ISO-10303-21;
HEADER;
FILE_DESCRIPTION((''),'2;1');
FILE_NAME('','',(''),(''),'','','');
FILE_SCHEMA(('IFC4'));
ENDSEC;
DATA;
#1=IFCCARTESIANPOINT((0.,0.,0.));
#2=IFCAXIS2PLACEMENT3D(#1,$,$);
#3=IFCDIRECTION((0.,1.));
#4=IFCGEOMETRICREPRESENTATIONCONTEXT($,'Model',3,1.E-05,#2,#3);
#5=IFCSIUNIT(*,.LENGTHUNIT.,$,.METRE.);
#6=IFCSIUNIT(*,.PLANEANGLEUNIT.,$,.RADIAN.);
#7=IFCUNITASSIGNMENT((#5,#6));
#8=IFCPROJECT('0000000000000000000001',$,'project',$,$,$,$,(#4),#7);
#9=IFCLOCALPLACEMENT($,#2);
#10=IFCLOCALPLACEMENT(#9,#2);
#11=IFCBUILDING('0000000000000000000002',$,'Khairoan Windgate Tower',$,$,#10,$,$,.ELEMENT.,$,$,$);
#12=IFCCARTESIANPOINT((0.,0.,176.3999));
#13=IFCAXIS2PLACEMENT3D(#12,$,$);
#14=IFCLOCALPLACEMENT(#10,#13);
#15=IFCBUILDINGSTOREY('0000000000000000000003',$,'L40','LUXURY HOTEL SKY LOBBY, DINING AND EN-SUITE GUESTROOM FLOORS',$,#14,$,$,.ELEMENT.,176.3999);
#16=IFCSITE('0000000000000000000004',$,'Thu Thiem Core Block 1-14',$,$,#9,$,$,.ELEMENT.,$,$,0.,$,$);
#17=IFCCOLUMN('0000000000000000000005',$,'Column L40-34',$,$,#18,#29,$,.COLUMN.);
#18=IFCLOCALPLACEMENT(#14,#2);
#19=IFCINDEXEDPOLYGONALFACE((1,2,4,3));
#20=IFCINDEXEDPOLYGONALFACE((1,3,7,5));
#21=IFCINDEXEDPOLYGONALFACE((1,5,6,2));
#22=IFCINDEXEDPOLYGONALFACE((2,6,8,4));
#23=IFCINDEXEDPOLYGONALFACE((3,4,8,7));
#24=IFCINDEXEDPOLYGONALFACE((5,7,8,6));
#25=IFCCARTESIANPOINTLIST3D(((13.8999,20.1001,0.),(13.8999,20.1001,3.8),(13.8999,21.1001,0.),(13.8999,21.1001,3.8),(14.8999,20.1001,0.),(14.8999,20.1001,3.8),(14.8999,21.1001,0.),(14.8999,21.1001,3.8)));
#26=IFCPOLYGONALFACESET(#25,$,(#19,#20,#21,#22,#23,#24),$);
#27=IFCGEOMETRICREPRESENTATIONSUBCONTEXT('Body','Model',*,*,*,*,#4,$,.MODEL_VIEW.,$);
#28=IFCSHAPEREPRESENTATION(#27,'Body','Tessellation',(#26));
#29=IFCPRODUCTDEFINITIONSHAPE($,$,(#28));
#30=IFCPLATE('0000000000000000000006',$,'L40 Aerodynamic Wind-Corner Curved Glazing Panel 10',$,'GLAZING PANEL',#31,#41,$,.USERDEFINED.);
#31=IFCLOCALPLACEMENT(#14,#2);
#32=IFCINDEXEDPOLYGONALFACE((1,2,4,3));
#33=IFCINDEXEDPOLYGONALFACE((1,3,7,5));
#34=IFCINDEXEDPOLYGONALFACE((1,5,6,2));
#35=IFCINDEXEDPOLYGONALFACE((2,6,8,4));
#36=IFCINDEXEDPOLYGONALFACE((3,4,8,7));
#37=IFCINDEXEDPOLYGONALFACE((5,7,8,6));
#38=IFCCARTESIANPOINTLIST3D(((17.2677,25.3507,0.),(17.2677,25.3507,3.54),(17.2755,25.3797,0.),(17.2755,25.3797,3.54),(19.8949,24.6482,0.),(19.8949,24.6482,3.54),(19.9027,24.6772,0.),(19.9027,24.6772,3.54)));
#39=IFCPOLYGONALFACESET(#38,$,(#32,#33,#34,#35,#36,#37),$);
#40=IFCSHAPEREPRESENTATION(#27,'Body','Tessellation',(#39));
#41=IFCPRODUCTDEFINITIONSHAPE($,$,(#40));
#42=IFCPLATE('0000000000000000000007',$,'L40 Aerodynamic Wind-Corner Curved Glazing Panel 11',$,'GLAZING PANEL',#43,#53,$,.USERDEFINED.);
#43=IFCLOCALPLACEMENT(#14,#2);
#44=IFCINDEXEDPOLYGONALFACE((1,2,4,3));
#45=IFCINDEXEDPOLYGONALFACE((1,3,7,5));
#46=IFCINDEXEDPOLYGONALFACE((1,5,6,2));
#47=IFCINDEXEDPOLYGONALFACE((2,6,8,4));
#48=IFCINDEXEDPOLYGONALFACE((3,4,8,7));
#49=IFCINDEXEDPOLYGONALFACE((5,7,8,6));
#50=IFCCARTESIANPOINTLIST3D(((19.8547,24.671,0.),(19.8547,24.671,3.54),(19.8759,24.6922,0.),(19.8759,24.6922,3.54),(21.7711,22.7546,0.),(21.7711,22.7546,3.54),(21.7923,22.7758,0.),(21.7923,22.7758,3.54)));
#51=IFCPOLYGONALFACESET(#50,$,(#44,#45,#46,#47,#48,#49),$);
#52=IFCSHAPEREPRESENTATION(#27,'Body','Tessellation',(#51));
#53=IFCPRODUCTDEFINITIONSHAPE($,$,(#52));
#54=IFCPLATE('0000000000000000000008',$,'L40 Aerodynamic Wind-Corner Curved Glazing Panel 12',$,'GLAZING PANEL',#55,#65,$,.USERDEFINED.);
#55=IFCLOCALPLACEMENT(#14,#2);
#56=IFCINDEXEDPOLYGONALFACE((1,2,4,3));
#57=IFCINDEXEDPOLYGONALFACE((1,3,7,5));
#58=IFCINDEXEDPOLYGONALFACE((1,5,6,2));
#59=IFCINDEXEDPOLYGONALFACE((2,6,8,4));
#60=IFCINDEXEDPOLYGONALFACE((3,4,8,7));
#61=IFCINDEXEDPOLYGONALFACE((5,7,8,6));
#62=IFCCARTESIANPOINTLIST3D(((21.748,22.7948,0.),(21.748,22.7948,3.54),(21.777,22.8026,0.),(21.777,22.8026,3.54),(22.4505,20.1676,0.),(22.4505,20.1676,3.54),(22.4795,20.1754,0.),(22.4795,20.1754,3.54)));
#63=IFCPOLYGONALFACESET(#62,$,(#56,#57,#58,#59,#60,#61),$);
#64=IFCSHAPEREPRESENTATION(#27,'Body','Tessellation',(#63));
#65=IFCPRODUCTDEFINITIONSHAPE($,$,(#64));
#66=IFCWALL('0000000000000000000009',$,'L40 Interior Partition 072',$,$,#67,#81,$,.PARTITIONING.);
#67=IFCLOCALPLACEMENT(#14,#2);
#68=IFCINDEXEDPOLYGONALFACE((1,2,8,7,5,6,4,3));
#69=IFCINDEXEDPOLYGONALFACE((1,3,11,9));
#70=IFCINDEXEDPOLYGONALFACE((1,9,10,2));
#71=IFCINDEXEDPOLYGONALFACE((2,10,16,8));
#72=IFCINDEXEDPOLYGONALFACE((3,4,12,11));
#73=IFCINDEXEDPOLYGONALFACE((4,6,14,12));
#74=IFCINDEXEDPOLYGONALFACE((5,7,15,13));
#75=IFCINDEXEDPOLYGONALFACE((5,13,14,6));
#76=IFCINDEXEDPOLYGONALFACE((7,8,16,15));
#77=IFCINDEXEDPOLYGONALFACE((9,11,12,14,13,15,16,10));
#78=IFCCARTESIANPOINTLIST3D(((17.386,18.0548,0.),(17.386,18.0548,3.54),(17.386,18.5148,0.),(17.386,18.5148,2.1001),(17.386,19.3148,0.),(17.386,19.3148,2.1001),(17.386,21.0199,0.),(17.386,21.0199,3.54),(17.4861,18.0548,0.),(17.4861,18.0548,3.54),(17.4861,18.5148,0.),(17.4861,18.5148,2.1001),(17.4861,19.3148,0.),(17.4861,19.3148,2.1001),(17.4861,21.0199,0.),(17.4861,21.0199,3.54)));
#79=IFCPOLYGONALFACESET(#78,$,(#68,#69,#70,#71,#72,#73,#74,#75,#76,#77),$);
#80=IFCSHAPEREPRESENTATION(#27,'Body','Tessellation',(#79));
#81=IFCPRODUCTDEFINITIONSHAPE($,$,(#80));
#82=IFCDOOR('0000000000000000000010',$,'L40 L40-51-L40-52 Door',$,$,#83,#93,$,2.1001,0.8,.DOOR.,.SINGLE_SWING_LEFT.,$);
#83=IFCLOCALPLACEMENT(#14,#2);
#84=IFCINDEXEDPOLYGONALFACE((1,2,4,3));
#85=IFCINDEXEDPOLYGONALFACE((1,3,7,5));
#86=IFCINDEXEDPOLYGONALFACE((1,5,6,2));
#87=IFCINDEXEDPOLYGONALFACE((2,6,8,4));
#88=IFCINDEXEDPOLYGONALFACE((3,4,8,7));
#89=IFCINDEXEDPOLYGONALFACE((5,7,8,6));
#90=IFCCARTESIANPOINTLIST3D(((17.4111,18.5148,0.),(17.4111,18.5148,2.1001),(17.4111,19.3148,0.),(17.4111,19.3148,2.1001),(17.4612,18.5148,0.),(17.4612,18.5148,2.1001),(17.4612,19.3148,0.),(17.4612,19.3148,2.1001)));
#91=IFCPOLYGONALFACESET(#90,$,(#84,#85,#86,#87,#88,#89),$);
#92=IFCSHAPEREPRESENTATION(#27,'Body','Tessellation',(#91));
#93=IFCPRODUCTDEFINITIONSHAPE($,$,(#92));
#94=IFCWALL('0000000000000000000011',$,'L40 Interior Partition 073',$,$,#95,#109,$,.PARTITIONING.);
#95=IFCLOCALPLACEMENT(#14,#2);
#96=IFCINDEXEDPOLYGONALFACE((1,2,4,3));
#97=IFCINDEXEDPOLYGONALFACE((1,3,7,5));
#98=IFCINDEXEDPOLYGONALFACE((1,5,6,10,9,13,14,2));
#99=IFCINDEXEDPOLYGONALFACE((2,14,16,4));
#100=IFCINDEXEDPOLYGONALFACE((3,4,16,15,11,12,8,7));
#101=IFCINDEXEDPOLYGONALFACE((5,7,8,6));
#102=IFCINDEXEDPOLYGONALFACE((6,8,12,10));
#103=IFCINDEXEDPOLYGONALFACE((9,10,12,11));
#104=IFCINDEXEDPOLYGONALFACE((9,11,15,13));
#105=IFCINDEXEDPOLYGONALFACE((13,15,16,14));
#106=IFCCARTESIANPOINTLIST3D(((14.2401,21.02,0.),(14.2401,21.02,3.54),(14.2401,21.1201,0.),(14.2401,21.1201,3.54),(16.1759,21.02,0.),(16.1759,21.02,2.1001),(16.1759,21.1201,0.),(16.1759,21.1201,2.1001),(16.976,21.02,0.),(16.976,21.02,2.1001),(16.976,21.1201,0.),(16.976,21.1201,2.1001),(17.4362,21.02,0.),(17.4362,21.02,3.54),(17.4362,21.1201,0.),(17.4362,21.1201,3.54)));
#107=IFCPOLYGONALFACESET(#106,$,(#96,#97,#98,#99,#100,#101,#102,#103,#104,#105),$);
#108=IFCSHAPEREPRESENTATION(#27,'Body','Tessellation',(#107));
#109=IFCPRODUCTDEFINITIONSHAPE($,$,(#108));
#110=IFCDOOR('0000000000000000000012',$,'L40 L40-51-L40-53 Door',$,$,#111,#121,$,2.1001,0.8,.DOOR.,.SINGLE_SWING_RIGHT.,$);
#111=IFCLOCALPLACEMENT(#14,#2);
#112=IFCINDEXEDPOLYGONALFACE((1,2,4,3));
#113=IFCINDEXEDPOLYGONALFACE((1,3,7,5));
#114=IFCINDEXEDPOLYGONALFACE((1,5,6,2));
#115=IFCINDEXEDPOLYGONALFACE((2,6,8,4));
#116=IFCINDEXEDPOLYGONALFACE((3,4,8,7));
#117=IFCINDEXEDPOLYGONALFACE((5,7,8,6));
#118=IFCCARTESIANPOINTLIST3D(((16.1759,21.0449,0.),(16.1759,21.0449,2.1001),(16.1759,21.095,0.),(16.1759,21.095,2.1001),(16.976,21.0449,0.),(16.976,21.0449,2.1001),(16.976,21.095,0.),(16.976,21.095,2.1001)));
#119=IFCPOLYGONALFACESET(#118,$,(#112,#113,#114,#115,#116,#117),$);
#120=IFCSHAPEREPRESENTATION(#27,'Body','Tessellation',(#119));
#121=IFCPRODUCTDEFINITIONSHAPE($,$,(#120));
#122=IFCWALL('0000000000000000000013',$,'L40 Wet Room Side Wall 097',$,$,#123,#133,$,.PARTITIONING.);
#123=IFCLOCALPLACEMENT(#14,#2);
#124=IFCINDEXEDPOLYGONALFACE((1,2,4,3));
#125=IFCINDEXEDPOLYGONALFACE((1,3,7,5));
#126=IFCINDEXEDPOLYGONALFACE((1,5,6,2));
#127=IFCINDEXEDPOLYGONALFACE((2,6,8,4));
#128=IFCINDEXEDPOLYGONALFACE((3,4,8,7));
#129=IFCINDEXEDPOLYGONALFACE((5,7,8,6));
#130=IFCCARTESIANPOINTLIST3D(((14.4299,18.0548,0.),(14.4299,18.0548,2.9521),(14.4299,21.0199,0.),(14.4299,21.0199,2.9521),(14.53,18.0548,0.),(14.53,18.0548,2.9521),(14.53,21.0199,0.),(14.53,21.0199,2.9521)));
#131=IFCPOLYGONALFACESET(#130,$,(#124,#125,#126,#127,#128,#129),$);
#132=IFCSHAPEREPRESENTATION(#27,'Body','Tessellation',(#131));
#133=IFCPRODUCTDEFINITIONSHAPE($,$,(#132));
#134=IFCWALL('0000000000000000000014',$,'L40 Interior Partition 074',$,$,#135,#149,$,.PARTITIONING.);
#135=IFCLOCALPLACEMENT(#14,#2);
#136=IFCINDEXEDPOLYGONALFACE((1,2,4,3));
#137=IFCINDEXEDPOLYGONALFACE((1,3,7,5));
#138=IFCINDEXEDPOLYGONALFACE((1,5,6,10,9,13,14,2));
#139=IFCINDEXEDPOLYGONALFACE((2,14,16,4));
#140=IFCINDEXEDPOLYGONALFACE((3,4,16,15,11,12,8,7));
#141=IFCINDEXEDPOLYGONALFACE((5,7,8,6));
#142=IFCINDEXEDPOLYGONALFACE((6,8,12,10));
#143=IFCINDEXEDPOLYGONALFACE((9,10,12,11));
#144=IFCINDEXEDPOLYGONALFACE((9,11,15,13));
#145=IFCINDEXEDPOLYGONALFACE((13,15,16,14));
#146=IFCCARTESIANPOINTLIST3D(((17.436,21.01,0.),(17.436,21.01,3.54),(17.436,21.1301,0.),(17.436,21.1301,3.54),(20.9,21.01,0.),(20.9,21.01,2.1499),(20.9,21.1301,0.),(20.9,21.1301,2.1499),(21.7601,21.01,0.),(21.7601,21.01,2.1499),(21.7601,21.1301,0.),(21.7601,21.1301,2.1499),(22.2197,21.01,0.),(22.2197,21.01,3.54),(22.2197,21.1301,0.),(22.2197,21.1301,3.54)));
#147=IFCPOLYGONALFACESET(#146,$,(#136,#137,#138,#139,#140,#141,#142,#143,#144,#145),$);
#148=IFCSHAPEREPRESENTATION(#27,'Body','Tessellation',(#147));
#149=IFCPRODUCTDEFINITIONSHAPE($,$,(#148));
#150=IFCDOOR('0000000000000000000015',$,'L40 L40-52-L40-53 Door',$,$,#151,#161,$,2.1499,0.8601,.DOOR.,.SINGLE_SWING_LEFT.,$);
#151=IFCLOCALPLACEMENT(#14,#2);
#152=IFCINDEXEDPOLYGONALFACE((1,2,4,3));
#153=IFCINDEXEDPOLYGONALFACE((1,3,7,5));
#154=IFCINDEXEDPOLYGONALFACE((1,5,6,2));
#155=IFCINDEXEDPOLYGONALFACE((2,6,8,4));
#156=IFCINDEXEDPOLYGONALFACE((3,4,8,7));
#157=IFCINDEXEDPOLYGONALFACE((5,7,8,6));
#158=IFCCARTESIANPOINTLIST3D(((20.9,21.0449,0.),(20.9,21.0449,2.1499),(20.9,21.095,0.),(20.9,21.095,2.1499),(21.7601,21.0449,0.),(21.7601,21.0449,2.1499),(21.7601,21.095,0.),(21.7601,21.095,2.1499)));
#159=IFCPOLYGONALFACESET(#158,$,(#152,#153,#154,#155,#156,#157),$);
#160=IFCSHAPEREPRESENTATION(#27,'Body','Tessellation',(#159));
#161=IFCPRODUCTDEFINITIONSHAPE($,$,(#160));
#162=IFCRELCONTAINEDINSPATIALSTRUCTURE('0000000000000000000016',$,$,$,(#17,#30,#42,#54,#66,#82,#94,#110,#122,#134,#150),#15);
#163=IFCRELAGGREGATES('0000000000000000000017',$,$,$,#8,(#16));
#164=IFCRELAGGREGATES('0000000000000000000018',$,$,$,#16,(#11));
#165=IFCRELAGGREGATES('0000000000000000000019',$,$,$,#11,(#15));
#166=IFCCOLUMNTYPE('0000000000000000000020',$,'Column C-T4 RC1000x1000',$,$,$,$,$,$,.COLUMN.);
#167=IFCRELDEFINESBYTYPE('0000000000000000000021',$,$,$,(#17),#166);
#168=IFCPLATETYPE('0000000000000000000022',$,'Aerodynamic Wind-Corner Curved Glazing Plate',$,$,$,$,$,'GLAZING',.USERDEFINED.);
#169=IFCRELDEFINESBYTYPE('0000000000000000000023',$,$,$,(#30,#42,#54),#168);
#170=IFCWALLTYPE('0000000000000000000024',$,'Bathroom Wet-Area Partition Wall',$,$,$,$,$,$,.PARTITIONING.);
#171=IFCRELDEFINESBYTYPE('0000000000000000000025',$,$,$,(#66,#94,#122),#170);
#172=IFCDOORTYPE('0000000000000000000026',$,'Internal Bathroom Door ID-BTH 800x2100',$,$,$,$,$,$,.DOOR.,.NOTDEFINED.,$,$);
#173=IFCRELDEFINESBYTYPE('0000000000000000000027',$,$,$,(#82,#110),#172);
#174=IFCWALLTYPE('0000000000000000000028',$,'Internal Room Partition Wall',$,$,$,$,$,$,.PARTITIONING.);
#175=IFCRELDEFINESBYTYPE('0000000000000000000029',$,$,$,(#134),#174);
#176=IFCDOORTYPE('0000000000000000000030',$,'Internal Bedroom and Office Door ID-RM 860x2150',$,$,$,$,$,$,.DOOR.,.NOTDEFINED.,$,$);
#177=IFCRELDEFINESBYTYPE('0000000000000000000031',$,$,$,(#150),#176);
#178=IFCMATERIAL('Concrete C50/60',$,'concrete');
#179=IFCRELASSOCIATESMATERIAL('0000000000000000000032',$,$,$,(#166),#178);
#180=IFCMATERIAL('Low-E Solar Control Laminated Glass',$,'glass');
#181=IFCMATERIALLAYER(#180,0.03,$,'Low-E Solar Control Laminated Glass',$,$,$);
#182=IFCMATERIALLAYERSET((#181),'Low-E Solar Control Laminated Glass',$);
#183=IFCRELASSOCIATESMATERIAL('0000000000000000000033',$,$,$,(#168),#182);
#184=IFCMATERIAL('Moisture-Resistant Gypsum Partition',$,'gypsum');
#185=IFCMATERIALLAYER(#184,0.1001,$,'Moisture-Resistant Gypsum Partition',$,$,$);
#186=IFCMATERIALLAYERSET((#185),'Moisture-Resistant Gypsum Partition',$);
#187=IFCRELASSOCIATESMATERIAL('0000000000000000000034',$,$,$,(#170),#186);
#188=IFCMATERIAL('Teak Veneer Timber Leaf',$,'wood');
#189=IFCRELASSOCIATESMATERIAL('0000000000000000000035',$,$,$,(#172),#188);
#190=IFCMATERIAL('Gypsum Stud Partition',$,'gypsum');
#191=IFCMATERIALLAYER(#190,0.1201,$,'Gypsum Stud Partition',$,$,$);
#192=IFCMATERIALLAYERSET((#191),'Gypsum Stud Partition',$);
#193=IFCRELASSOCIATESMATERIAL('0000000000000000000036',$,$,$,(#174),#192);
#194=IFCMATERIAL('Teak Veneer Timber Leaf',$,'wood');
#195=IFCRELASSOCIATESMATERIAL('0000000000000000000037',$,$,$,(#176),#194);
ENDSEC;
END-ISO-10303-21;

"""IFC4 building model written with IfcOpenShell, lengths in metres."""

from ifc_helpers import new_model, si_unit, direction, frame, frame_2d, origin, origin_2d, place, context, subcontext, project, spatial, rectangle, extrude, material, layer, layer_set, material_profile, profile_set, type_object, element, fill, save


model = new_model("IFC4")

# Units and contexts
model_context = context("Model", 3, precision=1e-05, world=origin(), true_north=direction((0.0, 1.0)))
body_context = subcontext(model_context, "Body", "Model", "MODEL_VIEW")
ifc_project = project(units=[si_unit("LENGTHUNIT", "METRE"), si_unit("PLANEANGLEUNIT", "RADIAN")], contexts=[model_context])

# Site, building, storey
site_placement = place(None, origin())
site = spatial("IfcSite", under=ifc_project, at=site_placement, Name="Thu Thiem Core Block 1-14", CompositionType="ELEMENT", RefElevation=0.0)
building_placement = place(site_placement, origin())
building = spatial("IfcBuilding", under=site, at=building_placement, Name="Khairoan Windgate Tower", CompositionType="ELEMENT")
storey_placement = place(building_placement, frame((0.0, 0.0, 176.3999)))
storey = spatial("IfcBuildingStorey", under=building, at=storey_placement, Name="L40", Description="LUXURY HOTEL SKY LOBBY, DINING AND EN-SUITE GUESTROOM FLOORS", CompositionType="ELEMENT", Elevation=176.3999)

# Column
ifc_material_1 = material(Name="Concrete C50/60", Category="concrete")
ifc_material_profile_1 = material_profile(ifc_material_1, rectangle(XDim=1.0, YDim=1.0, at=origin_2d()))
ifc_profile_set_1 = profile_set([ifc_material_profile_1], Name="Concrete C50/60")
column_type = type_object("IfcColumnType", Name="Column C-T4 RC1000x1000", PredefinedType="COLUMN", material=ifc_profile_set_1)
column_placement = place(storey_placement, frame((14.3999, 20.6001, 0.0), z_axis=(0.0, 0.0, 1.0), x_axis=(1.0, 0.0, 0.0)))
element("IfcColumn", 1, at=column_placement, inside=storey, type_object=column_type, Name="Column L40-34", PredefinedType="COLUMN", context=body_context, shape_type="SweptSolid", body=[
    extrude(rectangle(XDim=1.0, YDim=1.0, at=origin_2d()), origin(), (0.0, 0.0, 1.0), 3.8),
])

# Plates
ifc_material_2 = material(Name="Low-E Solar Control Laminated Glass", Category="glass")
ifc_layer_1 = layer(ifc_material_2, 0.03, Name="Low-E Solar Control Laminated Glass")
ifc_layer_set_1 = layer_set([ifc_layer_1], Name="Low-E Solar Control Laminated Glass")
plate_type_1 = type_object("IfcPlateType", Name="Aerodynamic Wind-Corner Curved Glazing Plate", ElementType="GLAZING", PredefinedType="USERDEFINED", material=ifc_layer_set_1)
plate_1_placement = place(storey_placement, frame((18.5852, 25.0139, 0.0), z_axis=(0.0, 0.0, 1.0), x_axis=(0.966061, -0.258313, 0.0)))
element("IfcPlate", 2, at=plate_1_placement, inside=storey, type_object=plate_type_1, Name="L40 Aerodynamic Wind-Corner Curved Glazing Panel 10", ObjectType="GLAZING PANEL", PredefinedType="USERDEFINED", context=body_context, shape_type="SweptSolid", body=[
    extrude(rectangle(XDim=2.7195, YDim=0.03, at=origin_2d()), origin(), (0.0, 0.0, 1.0), 3.54),
])
plate_2_placement = place(storey_placement, frame((20.8235, 23.7234, 0.0), z_axis=(0.0, 0.0, 1.0), x_axis=(0.707107, -0.707107, 0.0)))
element("IfcPlate", 3, at=plate_2_placement, inside=storey, type_object=plate_type_1, Name="L40 Aerodynamic Wind-Corner Curved Glazing Panel 11", ObjectType="GLAZING PANEL", PredefinedType="USERDEFINED", context=body_context, shape_type="SweptSolid", body=[
    extrude(rectangle(XDim=2.7102, YDim=0.03, at=origin_2d()), origin(), (0.0, 0.0, 1.0), 3.54),
])
plate_3_placement = place(storey_placement, frame((22.1138, 21.4851, 0.0), z_axis=(0.0, 0.0, 1.0), x_axis=(0.258313, -0.966061, 0.0)))
element("IfcPlate", 4, at=plate_3_placement, inside=storey, type_object=plate_type_1, Name="L40 Aerodynamic Wind-Corner Curved Glazing Panel 12", ObjectType="GLAZING PANEL", PredefinedType="USERDEFINED", context=body_context, shape_type="SweptSolid", body=[
    extrude(rectangle(XDim=2.7195, YDim=0.03, at=origin_2d()), origin(), (0.0, 0.0, 1.0), 3.54),
])

# Walls, openings, doors
ifc_material_3 = material(Name="Moisture-Resistant Gypsum Partition", Category="gypsum")
ifc_layer_2 = layer(ifc_material_3, 0.1001, Name="Moisture-Resistant Gypsum Partition")
ifc_layer_set_2 = layer_set([ifc_layer_2], Name="Moisture-Resistant Gypsum Partition")
wall_type_1 = type_object("IfcWallType", Name="Bathroom Wet-Area Partition Wall", PredefinedType="PARTITIONING", material=ifc_layer_set_2)
wall_1_placement = place(storey_placement, frame((17.436, 18.0549, 0.0), z_axis=(0.0, 0.0, 1.0), x_axis=(0.0, 1.0, 0.0)))
wall_1 = element("IfcWall", 5, at=wall_1_placement, inside=storey, type_object=wall_type_1, Name="L40 Interior Partition 072", PredefinedType="PARTITIONING", context=body_context, shape_type="SweptSolid", body=[
    extrude(rectangle(XDim=2.9651, YDim=0.1001, at=frame_2d((1.4824, 0.0))), origin(), (0.0, 0.0, 1.0), 3.54),
])
opening_1_placement = place(wall_1_placement, frame((0.46, 0.0, 0.0)))
opening_1 = element("IfcOpeningElement", 6, at=opening_1_placement, cuts=wall_1, PredefinedType="OPENING", context=body_context, shape_type="SweptSolid", body=[
    extrude(rectangle(XDim=0.8, YDim=2.1001, at=frame_2d((0.3999, 1.05))), frame((0.0, 0.0601, 0.0), z_axis=(0.0, -1.0, 0.0), x_axis=(1.0, 0.0, 0.0)), (0.0, 0.0, 1.0), 0.1201),
])
ifc_material_4 = material(Name="Teak Veneer Timber Leaf", Category="wood")
door_type_1 = type_object("IfcDoorType", Name="Internal Bathroom Door ID-BTH 800x2100", OperationType="NOTDEFINED", PredefinedType="DOOR", material=ifc_material_4)
door_1_placement = place(opening_1_placement, origin())
door_1 = element("IfcDoor", 7, at=door_1_placement, inside=storey, type_object=door_type_1, Name="L40 L40-51-L40-52 Door", OperationType="SINGLE_SWING_LEFT", OverallHeight=2.1001, OverallWidth=0.8, PredefinedType="DOOR", context=body_context, shape_type="SweptSolid", body=[
    extrude(rectangle(XDim=0.8, YDim=2.1001, at=frame_2d((0.3999, 1.05))), frame((0.0, 0.0249, 0.0), z_axis=(0.0, -1.0, 0.0), x_axis=(1.0, 0.0, 0.0)), (0.0, 0.0, 1.0), 0.05),
])
fill(opening_1, door_1)
wall_2_placement = place(storey_placement, frame((14.24, 21.0701, 0.0), z_axis=(0.0, 0.0, 1.0), x_axis=(1.0, 0.0, 0.0)))
wall_2 = element("IfcWall", 8, at=wall_2_placement, inside=storey, type_object=wall_type_1, Name="L40 Interior Partition 073", PredefinedType="PARTITIONING", context=body_context, shape_type="SweptSolid", body=[
    extrude(rectangle(XDim=3.196, YDim=0.1001, at=frame_2d((1.5981, 0.0))), origin(), (0.0, 0.0, 1.0), 3.54),
])
opening_2_placement = place(wall_2_placement, frame((1.936, 0.0, 0.0)))
opening_2 = element("IfcOpeningElement", 9, at=opening_2_placement, cuts=wall_2, PredefinedType="OPENING", context=body_context, shape_type="SweptSolid", body=[
    extrude(rectangle(XDim=0.8, YDim=2.1001, at=frame_2d((0.3999, 1.05))), frame((0.0, 0.0601, 0.0), z_axis=(0.0, -1.0, 0.0), x_axis=(1.0, 0.0, 0.0)), (0.0, 0.0, 1.0), 0.1201),
])
door_2_placement = place(opening_2_placement, origin())
door_2 = element("IfcDoor", 10, at=door_2_placement, inside=storey, type_object=door_type_1, Name="L40 L40-51-L40-53 Door", OperationType="SINGLE_SWING_RIGHT", OverallHeight=2.1001, OverallWidth=0.8, PredefinedType="DOOR", context=body_context, shape_type="SweptSolid", body=[
    extrude(rectangle(XDim=0.8, YDim=2.1001, at=frame_2d((0.3999, 1.05))), frame((0.0, 0.0249, 0.0), z_axis=(0.0, -1.0, 0.0), x_axis=(1.0, 0.0, 0.0)), (0.0, 0.0, 1.0), 0.05),
])
fill(opening_2, door_2)

# Wall
wall_3_placement = place(storey_placement, frame((14.48, 18.0549, 0.0), z_axis=(0.0, 0.0, 1.0), x_axis=(0.0, 1.0, 0.0)))
element("IfcWall", 11, at=wall_3_placement, inside=storey, type_object=wall_type_1, Name="L40 Wet Room Side Wall 097", PredefinedType="PARTITIONING", context=body_context, shape_type="SweptSolid", body=[
    extrude(rectangle(XDim=2.9651, YDim=0.1001, at=frame_2d((1.4824, 0.0))), origin(), (0.0, 0.0, 1.0), 2.9521),
])

# Wall, opening, door
ifc_material_5 = material(Name="Gypsum Stud Partition", Category="gypsum")
ifc_layer_3 = layer(ifc_material_5, 0.1201, Name="Gypsum Stud Partition")
ifc_layer_set_3 = layer_set([ifc_layer_3], Name="Gypsum Stud Partition")
wall_type_2 = type_object("IfcWallType", Name="Internal Room Partition Wall", PredefinedType="PARTITIONING", material=ifc_layer_set_3)
wall_4_placement = place(storey_placement, frame((17.436, 21.0701, 0.0), z_axis=(0.0, 0.0, 1.0), x_axis=(1.0, 0.0, 0.0)))
wall_4 = element("IfcWall", 12, at=wall_4_placement, inside=storey, type_object=wall_type_2, Name="L40 Interior Partition 074", PredefinedType="PARTITIONING", context=body_context, shape_type="SweptSolid", body=[
    extrude(rectangle(XDim=4.7837, YDim=0.1201, at=frame_2d((2.3918, 0.0))), origin(), (0.0, 0.0, 1.0), 3.54),
])
opening_3_placement = place(wall_4_placement, frame((3.4639, 0.0, 0.0)))
opening_3 = element("IfcOpeningElement", 13, at=opening_3_placement, cuts=wall_4, PredefinedType="OPENING", context=body_context, shape_type="SweptSolid", body=[
    extrude(rectangle(XDim=0.8601, YDim=2.1499, at=frame_2d((0.4302, 1.075))), frame((0.0, 0.0701, 0.0), z_axis=(0.0, -1.0, 0.0), x_axis=(1.0, 0.0, 0.0)), (0.0, 0.0, 1.0), 0.1401),
])
ifc_material_6 = material(Name="Teak Veneer Timber Leaf", Category="wood")
door_type_2 = type_object("IfcDoorType", Name="Internal Bedroom and Office Door ID-RM 860x2150", OperationType="NOTDEFINED", PredefinedType="DOOR", material=ifc_material_6)
door_3_placement = place(opening_3_placement, origin())
door_3 = element("IfcDoor", 14, at=door_3_placement, inside=storey, type_object=door_type_2, Name="L40 L40-52-L40-53 Door", OperationType="SINGLE_SWING_LEFT", OverallHeight=2.1499, OverallWidth=0.8601, PredefinedType="DOOR", context=body_context, shape_type="SweptSolid", body=[
    extrude(rectangle(XDim=0.8601, YDim=2.1499, at=frame_2d((0.4302, 1.075))), frame((0.0, 0.0249, 0.0), z_axis=(0.0, -1.0, 0.0), x_axis=(1.0, 0.0, 0.0)), (0.0, 0.0, 1.0), 0.05),
])
fill(opening_3, door_3)

save(model, "model.ifc")
